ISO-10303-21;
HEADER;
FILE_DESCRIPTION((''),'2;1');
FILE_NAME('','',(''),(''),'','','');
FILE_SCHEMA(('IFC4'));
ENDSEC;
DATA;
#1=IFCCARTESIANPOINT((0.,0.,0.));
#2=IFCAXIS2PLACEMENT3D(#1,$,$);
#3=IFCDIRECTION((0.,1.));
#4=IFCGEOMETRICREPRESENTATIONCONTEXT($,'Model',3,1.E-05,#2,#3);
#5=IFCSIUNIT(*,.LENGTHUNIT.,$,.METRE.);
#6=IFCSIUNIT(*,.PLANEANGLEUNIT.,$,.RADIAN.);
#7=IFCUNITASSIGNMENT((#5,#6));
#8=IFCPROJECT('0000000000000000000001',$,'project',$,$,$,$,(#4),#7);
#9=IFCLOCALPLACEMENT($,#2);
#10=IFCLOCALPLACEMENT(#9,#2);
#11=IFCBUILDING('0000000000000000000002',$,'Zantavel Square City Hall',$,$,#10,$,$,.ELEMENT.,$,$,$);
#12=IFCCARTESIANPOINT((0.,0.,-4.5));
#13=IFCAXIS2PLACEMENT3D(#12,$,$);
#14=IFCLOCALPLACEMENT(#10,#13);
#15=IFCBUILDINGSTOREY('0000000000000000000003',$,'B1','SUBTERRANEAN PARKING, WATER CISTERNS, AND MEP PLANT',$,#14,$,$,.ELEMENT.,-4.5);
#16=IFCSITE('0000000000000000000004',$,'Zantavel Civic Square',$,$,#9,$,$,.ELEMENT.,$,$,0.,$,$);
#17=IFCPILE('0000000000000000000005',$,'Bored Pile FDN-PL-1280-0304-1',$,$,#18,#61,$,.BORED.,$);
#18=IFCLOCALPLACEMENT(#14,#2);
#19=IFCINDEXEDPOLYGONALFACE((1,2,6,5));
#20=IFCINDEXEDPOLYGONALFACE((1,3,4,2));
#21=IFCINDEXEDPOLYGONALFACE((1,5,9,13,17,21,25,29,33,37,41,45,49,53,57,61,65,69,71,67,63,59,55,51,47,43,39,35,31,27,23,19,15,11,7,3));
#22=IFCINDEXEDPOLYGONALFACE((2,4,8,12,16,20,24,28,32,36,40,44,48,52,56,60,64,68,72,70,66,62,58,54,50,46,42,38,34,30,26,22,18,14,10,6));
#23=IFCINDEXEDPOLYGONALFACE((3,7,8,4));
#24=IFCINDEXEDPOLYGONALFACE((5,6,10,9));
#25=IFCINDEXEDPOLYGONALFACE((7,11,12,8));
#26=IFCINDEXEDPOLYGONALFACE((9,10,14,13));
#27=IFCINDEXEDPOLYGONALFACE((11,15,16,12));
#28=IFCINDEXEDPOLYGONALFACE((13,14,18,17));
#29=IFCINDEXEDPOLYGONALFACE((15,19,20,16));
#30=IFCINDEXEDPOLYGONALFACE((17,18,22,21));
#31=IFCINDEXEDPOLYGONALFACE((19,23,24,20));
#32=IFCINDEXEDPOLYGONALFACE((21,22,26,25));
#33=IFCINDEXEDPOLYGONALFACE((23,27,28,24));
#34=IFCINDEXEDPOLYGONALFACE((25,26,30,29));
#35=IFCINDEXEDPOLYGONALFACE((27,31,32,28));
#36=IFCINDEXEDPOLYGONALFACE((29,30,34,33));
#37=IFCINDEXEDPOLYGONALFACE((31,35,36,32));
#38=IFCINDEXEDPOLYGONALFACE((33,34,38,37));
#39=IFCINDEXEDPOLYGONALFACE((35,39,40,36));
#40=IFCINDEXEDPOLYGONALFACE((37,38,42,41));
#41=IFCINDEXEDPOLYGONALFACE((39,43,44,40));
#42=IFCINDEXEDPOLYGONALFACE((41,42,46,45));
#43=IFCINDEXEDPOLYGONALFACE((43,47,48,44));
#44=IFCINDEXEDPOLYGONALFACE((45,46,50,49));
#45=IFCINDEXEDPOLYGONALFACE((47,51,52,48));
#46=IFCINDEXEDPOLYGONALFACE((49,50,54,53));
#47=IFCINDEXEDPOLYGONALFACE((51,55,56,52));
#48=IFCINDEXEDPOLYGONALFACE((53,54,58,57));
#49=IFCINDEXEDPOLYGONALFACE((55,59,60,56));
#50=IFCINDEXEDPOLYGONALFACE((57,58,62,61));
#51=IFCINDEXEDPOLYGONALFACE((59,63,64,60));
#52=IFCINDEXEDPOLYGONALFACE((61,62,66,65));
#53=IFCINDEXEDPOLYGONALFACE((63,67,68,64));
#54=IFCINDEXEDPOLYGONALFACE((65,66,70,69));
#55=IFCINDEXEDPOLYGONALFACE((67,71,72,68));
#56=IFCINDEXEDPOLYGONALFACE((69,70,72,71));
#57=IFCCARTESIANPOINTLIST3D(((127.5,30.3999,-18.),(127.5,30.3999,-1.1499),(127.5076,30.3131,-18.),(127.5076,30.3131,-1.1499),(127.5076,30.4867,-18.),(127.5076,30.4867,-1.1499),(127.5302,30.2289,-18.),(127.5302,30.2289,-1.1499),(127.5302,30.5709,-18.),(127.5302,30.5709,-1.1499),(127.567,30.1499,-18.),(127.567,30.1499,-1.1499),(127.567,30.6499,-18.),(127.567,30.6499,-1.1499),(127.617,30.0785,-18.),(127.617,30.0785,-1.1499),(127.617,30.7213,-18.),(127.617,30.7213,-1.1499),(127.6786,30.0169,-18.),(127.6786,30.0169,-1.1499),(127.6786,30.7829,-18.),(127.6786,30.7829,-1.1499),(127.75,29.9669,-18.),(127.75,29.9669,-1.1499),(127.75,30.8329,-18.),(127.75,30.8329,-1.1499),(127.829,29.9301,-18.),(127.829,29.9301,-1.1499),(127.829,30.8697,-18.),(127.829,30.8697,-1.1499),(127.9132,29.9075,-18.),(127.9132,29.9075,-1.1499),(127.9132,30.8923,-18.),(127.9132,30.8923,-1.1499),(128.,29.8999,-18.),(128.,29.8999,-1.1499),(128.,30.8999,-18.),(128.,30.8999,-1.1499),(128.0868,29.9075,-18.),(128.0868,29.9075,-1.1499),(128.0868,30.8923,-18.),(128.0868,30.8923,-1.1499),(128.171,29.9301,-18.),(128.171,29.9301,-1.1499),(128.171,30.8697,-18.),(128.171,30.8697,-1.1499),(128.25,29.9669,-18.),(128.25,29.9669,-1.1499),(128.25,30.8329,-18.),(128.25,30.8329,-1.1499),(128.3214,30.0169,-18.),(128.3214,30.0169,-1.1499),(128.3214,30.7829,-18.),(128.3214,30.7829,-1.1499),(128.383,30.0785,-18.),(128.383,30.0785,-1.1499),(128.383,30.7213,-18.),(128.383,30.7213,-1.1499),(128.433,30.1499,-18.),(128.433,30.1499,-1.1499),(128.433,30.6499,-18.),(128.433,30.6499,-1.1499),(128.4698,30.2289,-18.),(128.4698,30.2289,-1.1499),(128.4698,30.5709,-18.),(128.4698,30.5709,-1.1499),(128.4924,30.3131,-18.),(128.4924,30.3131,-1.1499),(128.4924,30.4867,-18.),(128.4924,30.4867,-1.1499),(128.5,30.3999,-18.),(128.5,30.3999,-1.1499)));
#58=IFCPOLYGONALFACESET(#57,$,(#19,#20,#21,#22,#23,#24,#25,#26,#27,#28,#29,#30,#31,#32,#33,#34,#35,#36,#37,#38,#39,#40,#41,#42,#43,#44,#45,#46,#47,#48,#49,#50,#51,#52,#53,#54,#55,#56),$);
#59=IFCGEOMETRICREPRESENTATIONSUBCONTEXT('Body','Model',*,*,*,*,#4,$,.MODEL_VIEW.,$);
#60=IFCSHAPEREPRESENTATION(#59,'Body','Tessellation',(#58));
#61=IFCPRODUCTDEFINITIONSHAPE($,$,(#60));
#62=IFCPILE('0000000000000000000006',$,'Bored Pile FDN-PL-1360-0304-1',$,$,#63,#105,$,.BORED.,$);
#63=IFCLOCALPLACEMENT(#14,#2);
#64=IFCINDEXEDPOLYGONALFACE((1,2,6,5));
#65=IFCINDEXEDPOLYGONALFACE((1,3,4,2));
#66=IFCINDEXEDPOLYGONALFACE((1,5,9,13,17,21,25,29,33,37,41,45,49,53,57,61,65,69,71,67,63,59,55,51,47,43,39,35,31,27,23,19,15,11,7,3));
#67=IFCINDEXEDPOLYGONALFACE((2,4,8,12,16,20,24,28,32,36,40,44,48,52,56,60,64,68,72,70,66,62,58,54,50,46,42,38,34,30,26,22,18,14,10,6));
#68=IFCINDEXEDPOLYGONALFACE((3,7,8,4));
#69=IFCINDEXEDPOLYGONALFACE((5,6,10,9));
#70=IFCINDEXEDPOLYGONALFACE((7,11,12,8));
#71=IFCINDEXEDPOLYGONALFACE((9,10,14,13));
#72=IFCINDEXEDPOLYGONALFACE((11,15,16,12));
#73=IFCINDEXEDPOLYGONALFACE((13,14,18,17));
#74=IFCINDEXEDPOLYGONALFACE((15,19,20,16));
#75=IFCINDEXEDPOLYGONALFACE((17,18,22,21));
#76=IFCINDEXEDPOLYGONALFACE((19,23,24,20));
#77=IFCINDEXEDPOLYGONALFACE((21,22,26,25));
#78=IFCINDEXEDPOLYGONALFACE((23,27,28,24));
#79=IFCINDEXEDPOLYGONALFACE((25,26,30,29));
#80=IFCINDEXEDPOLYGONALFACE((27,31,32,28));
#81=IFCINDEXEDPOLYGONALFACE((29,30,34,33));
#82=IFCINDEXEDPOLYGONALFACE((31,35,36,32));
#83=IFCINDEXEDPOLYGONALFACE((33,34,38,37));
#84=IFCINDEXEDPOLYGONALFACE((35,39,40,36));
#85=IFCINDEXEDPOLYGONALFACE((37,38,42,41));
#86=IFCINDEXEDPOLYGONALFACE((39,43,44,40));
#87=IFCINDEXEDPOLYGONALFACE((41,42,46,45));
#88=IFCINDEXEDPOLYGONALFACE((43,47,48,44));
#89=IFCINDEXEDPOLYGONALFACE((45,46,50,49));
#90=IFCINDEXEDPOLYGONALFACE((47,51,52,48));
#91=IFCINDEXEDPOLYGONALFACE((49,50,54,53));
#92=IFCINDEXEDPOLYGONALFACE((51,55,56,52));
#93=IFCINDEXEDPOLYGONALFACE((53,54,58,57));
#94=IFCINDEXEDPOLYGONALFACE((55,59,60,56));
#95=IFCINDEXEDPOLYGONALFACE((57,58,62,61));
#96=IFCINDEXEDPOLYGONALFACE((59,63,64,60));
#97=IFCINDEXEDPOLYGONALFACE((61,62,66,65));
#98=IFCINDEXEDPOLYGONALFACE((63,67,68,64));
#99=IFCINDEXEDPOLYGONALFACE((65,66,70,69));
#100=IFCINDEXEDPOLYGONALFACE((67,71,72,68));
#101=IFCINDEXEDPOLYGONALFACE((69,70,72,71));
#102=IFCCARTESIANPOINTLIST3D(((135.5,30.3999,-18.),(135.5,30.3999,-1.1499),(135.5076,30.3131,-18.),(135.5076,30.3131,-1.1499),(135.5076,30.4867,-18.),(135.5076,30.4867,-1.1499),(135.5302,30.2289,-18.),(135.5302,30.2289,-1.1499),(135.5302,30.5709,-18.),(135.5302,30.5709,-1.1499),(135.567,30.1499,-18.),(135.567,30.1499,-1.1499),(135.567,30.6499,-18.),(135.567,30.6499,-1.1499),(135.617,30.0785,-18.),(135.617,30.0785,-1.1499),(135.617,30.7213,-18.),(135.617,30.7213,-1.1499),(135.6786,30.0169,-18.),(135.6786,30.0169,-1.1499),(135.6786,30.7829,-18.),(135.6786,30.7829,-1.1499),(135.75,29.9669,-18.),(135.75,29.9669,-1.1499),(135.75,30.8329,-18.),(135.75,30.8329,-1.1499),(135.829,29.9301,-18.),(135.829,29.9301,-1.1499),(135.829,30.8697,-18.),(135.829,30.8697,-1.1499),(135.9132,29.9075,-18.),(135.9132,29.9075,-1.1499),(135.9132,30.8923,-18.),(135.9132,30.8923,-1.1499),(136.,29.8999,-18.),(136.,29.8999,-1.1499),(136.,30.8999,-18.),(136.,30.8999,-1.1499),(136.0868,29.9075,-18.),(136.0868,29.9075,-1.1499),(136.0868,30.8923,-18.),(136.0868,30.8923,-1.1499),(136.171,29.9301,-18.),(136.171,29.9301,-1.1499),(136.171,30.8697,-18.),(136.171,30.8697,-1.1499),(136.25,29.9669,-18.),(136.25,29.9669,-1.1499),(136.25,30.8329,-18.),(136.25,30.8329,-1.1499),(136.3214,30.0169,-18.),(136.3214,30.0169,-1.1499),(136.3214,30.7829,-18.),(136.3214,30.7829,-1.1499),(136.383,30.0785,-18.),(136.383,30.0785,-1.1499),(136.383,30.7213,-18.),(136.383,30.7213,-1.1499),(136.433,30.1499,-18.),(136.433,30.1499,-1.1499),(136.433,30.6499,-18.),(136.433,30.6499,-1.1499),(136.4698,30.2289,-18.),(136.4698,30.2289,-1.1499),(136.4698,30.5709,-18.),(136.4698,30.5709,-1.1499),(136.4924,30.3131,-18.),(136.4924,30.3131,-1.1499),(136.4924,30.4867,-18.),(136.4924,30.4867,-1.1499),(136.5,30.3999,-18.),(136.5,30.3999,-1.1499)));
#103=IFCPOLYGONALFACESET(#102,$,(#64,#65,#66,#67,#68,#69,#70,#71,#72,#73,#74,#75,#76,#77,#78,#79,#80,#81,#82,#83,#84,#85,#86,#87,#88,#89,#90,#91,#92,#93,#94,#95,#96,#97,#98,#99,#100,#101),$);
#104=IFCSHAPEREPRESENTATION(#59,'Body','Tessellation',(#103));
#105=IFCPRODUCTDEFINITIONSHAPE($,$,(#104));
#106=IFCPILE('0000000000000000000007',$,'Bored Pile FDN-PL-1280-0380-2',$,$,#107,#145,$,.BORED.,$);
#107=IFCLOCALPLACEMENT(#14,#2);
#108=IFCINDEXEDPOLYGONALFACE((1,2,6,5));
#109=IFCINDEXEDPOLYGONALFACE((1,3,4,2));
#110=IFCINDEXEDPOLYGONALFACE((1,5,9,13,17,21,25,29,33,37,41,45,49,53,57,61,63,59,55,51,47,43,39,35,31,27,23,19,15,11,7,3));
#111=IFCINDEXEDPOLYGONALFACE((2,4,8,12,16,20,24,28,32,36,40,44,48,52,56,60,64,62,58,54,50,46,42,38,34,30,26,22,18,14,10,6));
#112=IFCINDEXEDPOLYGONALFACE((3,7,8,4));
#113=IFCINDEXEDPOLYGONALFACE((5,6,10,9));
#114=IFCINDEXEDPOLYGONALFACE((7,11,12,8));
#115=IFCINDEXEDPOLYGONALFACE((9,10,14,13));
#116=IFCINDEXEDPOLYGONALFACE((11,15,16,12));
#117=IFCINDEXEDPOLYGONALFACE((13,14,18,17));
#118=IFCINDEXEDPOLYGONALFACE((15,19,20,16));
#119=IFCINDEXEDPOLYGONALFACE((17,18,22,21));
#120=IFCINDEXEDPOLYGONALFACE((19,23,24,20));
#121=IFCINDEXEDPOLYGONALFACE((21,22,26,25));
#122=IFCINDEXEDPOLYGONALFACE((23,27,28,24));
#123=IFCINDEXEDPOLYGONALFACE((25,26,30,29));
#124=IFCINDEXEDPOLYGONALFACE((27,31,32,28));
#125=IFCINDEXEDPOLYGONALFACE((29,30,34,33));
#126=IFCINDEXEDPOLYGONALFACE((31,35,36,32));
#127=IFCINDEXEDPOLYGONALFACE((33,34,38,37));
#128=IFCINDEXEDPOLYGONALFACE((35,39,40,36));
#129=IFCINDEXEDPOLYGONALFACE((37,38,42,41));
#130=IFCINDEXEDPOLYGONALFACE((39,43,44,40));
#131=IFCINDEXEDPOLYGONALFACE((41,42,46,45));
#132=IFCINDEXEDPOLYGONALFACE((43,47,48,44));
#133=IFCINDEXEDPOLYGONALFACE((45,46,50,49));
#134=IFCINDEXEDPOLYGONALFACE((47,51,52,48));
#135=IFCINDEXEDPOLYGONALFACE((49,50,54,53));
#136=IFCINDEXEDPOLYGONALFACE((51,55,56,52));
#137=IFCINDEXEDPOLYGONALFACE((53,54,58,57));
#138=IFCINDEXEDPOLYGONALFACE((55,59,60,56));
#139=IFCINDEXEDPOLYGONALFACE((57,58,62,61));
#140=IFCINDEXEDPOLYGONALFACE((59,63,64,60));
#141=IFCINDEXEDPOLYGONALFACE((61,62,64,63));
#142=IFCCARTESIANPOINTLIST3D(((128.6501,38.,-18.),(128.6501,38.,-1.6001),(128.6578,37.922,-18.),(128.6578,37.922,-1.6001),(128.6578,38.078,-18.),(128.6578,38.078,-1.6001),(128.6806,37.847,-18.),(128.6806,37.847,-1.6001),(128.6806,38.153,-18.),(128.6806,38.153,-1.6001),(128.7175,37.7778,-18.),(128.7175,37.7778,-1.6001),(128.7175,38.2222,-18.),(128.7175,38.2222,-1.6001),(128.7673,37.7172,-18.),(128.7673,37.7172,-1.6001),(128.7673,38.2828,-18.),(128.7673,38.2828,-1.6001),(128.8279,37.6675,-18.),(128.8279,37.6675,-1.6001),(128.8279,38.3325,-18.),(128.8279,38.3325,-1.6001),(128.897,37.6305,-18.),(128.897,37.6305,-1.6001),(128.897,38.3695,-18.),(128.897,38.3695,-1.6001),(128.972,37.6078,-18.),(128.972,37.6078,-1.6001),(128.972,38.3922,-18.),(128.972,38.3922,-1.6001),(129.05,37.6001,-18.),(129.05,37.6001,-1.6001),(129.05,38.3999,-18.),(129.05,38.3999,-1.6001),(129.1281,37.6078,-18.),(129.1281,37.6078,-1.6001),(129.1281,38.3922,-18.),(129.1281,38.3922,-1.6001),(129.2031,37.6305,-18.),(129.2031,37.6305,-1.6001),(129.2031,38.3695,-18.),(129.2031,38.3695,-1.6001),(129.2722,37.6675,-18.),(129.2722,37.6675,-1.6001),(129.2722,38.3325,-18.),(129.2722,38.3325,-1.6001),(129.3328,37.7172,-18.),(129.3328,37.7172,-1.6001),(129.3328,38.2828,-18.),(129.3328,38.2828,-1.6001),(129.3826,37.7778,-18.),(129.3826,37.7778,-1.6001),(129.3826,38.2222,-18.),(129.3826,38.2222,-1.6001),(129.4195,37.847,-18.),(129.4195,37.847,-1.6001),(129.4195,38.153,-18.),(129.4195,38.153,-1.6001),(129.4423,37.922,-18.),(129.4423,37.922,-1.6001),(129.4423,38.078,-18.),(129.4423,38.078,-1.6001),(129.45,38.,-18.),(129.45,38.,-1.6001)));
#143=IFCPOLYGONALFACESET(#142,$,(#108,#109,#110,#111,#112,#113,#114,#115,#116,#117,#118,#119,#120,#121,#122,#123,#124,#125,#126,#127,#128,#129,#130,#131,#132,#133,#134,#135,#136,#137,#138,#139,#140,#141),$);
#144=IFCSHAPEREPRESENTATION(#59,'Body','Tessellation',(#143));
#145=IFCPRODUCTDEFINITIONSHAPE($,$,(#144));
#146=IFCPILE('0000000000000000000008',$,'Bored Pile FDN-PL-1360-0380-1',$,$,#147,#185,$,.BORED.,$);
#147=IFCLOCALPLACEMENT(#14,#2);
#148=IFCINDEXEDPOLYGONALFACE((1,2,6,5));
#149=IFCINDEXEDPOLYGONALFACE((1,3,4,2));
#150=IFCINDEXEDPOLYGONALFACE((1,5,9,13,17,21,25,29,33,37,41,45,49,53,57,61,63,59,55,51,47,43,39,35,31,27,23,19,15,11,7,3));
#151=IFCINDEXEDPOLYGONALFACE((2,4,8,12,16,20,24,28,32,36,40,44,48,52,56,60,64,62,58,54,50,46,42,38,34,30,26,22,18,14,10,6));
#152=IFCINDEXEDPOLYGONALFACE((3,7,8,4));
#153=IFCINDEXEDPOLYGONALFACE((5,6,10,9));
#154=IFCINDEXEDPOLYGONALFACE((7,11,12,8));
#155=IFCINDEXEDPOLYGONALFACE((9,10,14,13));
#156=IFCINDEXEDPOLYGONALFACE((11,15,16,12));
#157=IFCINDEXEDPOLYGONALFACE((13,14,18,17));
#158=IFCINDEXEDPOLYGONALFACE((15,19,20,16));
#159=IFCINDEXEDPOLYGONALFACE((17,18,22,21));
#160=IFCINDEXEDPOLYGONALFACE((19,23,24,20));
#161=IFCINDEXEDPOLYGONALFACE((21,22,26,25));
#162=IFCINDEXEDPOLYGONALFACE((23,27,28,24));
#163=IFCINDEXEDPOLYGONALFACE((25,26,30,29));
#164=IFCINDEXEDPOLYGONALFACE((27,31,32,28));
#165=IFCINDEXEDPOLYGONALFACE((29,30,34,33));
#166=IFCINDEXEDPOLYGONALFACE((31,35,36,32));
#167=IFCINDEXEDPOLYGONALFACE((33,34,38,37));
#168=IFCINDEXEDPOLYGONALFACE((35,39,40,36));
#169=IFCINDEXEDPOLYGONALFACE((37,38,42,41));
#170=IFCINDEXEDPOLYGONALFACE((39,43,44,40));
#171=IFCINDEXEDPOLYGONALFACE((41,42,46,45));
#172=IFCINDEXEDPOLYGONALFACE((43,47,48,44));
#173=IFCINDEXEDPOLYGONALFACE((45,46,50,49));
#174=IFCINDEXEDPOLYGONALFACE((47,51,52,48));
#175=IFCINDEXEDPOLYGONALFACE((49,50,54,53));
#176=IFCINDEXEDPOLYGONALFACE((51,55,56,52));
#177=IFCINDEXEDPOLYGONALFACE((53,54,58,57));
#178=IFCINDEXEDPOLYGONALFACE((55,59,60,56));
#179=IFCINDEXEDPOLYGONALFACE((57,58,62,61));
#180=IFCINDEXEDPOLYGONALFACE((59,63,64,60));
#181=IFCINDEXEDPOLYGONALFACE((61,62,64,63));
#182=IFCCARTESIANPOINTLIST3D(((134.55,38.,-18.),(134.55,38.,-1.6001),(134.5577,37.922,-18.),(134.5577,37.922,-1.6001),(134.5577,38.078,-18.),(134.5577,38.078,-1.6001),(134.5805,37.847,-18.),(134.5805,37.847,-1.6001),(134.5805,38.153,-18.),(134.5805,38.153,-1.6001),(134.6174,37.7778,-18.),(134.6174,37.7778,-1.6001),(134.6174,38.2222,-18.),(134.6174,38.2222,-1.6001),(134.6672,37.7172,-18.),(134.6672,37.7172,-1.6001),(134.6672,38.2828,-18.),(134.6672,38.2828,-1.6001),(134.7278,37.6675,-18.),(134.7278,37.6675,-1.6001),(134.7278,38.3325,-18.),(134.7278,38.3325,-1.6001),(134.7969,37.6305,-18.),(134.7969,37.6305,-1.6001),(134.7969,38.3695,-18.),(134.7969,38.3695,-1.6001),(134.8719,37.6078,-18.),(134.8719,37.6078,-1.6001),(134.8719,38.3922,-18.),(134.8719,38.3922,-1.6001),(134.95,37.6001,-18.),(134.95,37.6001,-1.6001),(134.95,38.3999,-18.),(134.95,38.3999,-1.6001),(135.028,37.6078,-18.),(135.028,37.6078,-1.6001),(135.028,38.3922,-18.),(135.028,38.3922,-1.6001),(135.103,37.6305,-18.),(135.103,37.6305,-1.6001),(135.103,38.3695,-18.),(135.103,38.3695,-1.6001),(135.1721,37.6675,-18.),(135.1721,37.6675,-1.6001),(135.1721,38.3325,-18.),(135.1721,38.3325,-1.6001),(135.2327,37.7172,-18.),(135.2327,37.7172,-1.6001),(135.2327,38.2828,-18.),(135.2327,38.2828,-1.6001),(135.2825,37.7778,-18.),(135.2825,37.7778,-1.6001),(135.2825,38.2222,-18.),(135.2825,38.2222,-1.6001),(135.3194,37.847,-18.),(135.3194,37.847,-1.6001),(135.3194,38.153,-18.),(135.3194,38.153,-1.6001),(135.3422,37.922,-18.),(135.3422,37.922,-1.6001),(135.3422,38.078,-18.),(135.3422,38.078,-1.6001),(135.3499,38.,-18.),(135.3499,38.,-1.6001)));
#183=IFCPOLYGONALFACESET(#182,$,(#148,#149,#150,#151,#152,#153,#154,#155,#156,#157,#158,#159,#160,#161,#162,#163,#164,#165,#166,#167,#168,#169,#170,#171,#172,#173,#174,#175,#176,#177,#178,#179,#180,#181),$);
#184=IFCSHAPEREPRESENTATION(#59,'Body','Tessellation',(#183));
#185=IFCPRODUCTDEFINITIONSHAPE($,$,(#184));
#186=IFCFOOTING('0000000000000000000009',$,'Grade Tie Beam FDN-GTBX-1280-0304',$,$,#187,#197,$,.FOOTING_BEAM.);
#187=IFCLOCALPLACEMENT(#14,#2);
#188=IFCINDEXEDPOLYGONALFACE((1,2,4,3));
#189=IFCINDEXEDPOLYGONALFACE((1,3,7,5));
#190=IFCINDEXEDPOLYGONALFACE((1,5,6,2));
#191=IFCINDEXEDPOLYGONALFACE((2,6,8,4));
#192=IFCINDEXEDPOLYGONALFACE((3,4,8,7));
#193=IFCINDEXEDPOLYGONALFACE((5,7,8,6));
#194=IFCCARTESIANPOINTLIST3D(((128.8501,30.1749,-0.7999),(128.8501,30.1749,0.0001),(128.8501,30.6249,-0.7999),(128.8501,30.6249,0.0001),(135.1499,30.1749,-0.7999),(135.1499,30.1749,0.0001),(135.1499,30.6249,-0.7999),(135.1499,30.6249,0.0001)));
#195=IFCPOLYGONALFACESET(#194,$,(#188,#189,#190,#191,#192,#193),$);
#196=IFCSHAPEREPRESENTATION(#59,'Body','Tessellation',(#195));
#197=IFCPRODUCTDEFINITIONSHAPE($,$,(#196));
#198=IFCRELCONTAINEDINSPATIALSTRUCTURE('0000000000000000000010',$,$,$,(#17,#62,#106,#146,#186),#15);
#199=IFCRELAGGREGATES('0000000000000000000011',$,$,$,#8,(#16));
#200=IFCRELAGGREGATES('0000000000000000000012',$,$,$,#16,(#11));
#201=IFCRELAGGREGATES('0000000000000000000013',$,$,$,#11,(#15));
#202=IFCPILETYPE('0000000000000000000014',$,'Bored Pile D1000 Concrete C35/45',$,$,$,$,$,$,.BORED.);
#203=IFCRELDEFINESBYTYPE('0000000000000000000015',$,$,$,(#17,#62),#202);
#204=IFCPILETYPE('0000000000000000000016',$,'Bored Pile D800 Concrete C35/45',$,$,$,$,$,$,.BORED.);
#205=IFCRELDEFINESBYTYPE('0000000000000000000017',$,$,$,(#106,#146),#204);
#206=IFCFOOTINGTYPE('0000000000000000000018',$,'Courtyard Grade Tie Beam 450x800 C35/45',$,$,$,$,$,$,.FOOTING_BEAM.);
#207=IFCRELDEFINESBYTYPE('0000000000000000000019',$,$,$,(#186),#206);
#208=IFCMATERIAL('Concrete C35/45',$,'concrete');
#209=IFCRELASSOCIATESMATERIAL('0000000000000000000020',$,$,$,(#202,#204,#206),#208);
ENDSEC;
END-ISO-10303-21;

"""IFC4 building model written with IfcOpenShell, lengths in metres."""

from ifc_helpers import new_model, si_unit, direction, frame, origin, origin_2d, place, context, subcontext, project, spatial, rectangle, circle, extrude, material, material_profile, profile_set, type_object, element, save


model = new_model("IFC4")

# Units and contexts
model_context = context("Model", 3, precision=1e-05, world=origin(), true_north=direction((0.0, 1.0)))
body_context = subcontext(model_context, "Body", "Model", "MODEL_VIEW")
ifc_project = project(units=[si_unit("LENGTHUNIT", "METRE"), si_unit("PLANEANGLEUNIT", "RADIAN")], contexts=[model_context])

# Site, building, storey
site_placement = place(None, origin())
site = spatial("IfcSite", under=ifc_project, at=site_placement, Name="Zantavel Civic Square", CompositionType="ELEMENT", RefElevation=0.0)
building_placement = place(site_placement, origin())
building = spatial("IfcBuilding", under=site, at=building_placement, Name="Zantavel Square City Hall", CompositionType="ELEMENT")
storey_placement = place(building_placement, frame((0.0, 0.0, -4.5)))
storey = spatial("IfcBuildingStorey", under=building, at=storey_placement, Name="B1", Description="SUBTERRANEAN PARKING, WATER CISTERNS, AND MEP PLANT", CompositionType="ELEMENT", Elevation=-4.5)

# Piles
ifc_material_1 = material(Name="Concrete C35/45", Category="concrete")
ifc_material_profile_1 = material_profile(ifc_material_1, circle(Radius=0.5, at=origin_2d()), Name="PILE D1000")
ifc_profile_set_1 = profile_set([ifc_material_profile_1], Name="Concrete C35/45")
pile_type_1 = type_object("IfcPileType", Name="Bored Pile D1000 Concrete C35/45", PredefinedType="BORED", material=ifc_profile_set_1)
for number, where, z_axis, x_axis, name in (
    (1, (128.0, 30.3999, -1.1499), (0.0, 0.0, -1.0), (1.0, 0.0, 0.0), "Bored Pile FDN-PL-1280-0304-1"),
    (2, (136.0, 30.3999, -1.1499), (0.0, 0.0, -1.0), (1.0, 0.0, 0.0), "Bored Pile FDN-PL-1360-0304-1"),
):
    element("IfcPile", number, at=place(storey_placement, frame(where, z_axis=z_axis, x_axis=x_axis)), inside=storey, type_object=pile_type_1, Name=name, PredefinedType="BORED", context=body_context, shape_type="SweptSolid", body=[
        extrude(circle(Radius=0.5, at=origin_2d()), origin(), (0.0, 0.0, 1.0), 16.8501),
    ])
ifc_material_profile_2 = material_profile(ifc_material_1, circle(Radius=0.3999, at=origin_2d()), Name="PILE D800")
ifc_profile_set_2 = profile_set([ifc_material_profile_2], Name="Concrete C35/45")
pile_type_2 = type_object("IfcPileType", Name="Bored Pile D800 Concrete C35/45", PredefinedType="BORED", material=ifc_profile_set_2)
for number, where, z_axis, x_axis, name in (
    (3, (129.05, 38.0, -1.6001), (0.0, 0.0, -1.0), (1.0, 0.0, 0.0), "Bored Pile FDN-PL-1280-0380-2"),
    (4, (134.95, 38.0, -1.6001), (0.0, 0.0, -1.0), (1.0, 0.0, 0.0), "Bored Pile FDN-PL-1360-0380-1"),
):
    element("IfcPile", number, at=place(storey_placement, frame(where, z_axis=z_axis, x_axis=x_axis)), inside=storey, type_object=pile_type_2, Name=name, PredefinedType="BORED", context=body_context, shape_type="SweptSolid", body=[
        extrude(circle(Radius=0.3999, at=origin_2d()), origin(), (0.0, 0.0, 1.0), 16.3999),
    ])

# Footing
ifc_material_profile_3 = material_profile(ifc_material_1, rectangle(XDim=0.45, YDim=0.8, at=origin_2d()), Name="RC 450x800")
ifc_profile_set_3 = profile_set([ifc_material_profile_3], Name="Concrete C35/45")
footing_type_1 = type_object("IfcFootingType", Name="Courtyard Grade Tie Beam 450x800 C35/45", PredefinedType="FOOTING_BEAM", material=ifc_profile_set_3)
footing_1_placement = place(storey_placement, frame((128.8501, 30.3999, -0.3999), z_axis=(1.0, 0.0, 0.0), x_axis=(0.0, 1.0, 0.0)))
element("IfcFooting", 5, at=footing_1_placement, inside=storey, type_object=footing_type_1, Name="Grade Tie Beam FDN-GTBX-1280-0304", PredefinedType="FOOTING_BEAM", context=body_context, shape_type="SweptSolid", body=[
    extrude(rectangle(XDim=0.45, YDim=0.8, at=origin_2d()), origin(), (0.0, 0.0, 1.0), 6.2998),
])

save(model, "model.ifc")
